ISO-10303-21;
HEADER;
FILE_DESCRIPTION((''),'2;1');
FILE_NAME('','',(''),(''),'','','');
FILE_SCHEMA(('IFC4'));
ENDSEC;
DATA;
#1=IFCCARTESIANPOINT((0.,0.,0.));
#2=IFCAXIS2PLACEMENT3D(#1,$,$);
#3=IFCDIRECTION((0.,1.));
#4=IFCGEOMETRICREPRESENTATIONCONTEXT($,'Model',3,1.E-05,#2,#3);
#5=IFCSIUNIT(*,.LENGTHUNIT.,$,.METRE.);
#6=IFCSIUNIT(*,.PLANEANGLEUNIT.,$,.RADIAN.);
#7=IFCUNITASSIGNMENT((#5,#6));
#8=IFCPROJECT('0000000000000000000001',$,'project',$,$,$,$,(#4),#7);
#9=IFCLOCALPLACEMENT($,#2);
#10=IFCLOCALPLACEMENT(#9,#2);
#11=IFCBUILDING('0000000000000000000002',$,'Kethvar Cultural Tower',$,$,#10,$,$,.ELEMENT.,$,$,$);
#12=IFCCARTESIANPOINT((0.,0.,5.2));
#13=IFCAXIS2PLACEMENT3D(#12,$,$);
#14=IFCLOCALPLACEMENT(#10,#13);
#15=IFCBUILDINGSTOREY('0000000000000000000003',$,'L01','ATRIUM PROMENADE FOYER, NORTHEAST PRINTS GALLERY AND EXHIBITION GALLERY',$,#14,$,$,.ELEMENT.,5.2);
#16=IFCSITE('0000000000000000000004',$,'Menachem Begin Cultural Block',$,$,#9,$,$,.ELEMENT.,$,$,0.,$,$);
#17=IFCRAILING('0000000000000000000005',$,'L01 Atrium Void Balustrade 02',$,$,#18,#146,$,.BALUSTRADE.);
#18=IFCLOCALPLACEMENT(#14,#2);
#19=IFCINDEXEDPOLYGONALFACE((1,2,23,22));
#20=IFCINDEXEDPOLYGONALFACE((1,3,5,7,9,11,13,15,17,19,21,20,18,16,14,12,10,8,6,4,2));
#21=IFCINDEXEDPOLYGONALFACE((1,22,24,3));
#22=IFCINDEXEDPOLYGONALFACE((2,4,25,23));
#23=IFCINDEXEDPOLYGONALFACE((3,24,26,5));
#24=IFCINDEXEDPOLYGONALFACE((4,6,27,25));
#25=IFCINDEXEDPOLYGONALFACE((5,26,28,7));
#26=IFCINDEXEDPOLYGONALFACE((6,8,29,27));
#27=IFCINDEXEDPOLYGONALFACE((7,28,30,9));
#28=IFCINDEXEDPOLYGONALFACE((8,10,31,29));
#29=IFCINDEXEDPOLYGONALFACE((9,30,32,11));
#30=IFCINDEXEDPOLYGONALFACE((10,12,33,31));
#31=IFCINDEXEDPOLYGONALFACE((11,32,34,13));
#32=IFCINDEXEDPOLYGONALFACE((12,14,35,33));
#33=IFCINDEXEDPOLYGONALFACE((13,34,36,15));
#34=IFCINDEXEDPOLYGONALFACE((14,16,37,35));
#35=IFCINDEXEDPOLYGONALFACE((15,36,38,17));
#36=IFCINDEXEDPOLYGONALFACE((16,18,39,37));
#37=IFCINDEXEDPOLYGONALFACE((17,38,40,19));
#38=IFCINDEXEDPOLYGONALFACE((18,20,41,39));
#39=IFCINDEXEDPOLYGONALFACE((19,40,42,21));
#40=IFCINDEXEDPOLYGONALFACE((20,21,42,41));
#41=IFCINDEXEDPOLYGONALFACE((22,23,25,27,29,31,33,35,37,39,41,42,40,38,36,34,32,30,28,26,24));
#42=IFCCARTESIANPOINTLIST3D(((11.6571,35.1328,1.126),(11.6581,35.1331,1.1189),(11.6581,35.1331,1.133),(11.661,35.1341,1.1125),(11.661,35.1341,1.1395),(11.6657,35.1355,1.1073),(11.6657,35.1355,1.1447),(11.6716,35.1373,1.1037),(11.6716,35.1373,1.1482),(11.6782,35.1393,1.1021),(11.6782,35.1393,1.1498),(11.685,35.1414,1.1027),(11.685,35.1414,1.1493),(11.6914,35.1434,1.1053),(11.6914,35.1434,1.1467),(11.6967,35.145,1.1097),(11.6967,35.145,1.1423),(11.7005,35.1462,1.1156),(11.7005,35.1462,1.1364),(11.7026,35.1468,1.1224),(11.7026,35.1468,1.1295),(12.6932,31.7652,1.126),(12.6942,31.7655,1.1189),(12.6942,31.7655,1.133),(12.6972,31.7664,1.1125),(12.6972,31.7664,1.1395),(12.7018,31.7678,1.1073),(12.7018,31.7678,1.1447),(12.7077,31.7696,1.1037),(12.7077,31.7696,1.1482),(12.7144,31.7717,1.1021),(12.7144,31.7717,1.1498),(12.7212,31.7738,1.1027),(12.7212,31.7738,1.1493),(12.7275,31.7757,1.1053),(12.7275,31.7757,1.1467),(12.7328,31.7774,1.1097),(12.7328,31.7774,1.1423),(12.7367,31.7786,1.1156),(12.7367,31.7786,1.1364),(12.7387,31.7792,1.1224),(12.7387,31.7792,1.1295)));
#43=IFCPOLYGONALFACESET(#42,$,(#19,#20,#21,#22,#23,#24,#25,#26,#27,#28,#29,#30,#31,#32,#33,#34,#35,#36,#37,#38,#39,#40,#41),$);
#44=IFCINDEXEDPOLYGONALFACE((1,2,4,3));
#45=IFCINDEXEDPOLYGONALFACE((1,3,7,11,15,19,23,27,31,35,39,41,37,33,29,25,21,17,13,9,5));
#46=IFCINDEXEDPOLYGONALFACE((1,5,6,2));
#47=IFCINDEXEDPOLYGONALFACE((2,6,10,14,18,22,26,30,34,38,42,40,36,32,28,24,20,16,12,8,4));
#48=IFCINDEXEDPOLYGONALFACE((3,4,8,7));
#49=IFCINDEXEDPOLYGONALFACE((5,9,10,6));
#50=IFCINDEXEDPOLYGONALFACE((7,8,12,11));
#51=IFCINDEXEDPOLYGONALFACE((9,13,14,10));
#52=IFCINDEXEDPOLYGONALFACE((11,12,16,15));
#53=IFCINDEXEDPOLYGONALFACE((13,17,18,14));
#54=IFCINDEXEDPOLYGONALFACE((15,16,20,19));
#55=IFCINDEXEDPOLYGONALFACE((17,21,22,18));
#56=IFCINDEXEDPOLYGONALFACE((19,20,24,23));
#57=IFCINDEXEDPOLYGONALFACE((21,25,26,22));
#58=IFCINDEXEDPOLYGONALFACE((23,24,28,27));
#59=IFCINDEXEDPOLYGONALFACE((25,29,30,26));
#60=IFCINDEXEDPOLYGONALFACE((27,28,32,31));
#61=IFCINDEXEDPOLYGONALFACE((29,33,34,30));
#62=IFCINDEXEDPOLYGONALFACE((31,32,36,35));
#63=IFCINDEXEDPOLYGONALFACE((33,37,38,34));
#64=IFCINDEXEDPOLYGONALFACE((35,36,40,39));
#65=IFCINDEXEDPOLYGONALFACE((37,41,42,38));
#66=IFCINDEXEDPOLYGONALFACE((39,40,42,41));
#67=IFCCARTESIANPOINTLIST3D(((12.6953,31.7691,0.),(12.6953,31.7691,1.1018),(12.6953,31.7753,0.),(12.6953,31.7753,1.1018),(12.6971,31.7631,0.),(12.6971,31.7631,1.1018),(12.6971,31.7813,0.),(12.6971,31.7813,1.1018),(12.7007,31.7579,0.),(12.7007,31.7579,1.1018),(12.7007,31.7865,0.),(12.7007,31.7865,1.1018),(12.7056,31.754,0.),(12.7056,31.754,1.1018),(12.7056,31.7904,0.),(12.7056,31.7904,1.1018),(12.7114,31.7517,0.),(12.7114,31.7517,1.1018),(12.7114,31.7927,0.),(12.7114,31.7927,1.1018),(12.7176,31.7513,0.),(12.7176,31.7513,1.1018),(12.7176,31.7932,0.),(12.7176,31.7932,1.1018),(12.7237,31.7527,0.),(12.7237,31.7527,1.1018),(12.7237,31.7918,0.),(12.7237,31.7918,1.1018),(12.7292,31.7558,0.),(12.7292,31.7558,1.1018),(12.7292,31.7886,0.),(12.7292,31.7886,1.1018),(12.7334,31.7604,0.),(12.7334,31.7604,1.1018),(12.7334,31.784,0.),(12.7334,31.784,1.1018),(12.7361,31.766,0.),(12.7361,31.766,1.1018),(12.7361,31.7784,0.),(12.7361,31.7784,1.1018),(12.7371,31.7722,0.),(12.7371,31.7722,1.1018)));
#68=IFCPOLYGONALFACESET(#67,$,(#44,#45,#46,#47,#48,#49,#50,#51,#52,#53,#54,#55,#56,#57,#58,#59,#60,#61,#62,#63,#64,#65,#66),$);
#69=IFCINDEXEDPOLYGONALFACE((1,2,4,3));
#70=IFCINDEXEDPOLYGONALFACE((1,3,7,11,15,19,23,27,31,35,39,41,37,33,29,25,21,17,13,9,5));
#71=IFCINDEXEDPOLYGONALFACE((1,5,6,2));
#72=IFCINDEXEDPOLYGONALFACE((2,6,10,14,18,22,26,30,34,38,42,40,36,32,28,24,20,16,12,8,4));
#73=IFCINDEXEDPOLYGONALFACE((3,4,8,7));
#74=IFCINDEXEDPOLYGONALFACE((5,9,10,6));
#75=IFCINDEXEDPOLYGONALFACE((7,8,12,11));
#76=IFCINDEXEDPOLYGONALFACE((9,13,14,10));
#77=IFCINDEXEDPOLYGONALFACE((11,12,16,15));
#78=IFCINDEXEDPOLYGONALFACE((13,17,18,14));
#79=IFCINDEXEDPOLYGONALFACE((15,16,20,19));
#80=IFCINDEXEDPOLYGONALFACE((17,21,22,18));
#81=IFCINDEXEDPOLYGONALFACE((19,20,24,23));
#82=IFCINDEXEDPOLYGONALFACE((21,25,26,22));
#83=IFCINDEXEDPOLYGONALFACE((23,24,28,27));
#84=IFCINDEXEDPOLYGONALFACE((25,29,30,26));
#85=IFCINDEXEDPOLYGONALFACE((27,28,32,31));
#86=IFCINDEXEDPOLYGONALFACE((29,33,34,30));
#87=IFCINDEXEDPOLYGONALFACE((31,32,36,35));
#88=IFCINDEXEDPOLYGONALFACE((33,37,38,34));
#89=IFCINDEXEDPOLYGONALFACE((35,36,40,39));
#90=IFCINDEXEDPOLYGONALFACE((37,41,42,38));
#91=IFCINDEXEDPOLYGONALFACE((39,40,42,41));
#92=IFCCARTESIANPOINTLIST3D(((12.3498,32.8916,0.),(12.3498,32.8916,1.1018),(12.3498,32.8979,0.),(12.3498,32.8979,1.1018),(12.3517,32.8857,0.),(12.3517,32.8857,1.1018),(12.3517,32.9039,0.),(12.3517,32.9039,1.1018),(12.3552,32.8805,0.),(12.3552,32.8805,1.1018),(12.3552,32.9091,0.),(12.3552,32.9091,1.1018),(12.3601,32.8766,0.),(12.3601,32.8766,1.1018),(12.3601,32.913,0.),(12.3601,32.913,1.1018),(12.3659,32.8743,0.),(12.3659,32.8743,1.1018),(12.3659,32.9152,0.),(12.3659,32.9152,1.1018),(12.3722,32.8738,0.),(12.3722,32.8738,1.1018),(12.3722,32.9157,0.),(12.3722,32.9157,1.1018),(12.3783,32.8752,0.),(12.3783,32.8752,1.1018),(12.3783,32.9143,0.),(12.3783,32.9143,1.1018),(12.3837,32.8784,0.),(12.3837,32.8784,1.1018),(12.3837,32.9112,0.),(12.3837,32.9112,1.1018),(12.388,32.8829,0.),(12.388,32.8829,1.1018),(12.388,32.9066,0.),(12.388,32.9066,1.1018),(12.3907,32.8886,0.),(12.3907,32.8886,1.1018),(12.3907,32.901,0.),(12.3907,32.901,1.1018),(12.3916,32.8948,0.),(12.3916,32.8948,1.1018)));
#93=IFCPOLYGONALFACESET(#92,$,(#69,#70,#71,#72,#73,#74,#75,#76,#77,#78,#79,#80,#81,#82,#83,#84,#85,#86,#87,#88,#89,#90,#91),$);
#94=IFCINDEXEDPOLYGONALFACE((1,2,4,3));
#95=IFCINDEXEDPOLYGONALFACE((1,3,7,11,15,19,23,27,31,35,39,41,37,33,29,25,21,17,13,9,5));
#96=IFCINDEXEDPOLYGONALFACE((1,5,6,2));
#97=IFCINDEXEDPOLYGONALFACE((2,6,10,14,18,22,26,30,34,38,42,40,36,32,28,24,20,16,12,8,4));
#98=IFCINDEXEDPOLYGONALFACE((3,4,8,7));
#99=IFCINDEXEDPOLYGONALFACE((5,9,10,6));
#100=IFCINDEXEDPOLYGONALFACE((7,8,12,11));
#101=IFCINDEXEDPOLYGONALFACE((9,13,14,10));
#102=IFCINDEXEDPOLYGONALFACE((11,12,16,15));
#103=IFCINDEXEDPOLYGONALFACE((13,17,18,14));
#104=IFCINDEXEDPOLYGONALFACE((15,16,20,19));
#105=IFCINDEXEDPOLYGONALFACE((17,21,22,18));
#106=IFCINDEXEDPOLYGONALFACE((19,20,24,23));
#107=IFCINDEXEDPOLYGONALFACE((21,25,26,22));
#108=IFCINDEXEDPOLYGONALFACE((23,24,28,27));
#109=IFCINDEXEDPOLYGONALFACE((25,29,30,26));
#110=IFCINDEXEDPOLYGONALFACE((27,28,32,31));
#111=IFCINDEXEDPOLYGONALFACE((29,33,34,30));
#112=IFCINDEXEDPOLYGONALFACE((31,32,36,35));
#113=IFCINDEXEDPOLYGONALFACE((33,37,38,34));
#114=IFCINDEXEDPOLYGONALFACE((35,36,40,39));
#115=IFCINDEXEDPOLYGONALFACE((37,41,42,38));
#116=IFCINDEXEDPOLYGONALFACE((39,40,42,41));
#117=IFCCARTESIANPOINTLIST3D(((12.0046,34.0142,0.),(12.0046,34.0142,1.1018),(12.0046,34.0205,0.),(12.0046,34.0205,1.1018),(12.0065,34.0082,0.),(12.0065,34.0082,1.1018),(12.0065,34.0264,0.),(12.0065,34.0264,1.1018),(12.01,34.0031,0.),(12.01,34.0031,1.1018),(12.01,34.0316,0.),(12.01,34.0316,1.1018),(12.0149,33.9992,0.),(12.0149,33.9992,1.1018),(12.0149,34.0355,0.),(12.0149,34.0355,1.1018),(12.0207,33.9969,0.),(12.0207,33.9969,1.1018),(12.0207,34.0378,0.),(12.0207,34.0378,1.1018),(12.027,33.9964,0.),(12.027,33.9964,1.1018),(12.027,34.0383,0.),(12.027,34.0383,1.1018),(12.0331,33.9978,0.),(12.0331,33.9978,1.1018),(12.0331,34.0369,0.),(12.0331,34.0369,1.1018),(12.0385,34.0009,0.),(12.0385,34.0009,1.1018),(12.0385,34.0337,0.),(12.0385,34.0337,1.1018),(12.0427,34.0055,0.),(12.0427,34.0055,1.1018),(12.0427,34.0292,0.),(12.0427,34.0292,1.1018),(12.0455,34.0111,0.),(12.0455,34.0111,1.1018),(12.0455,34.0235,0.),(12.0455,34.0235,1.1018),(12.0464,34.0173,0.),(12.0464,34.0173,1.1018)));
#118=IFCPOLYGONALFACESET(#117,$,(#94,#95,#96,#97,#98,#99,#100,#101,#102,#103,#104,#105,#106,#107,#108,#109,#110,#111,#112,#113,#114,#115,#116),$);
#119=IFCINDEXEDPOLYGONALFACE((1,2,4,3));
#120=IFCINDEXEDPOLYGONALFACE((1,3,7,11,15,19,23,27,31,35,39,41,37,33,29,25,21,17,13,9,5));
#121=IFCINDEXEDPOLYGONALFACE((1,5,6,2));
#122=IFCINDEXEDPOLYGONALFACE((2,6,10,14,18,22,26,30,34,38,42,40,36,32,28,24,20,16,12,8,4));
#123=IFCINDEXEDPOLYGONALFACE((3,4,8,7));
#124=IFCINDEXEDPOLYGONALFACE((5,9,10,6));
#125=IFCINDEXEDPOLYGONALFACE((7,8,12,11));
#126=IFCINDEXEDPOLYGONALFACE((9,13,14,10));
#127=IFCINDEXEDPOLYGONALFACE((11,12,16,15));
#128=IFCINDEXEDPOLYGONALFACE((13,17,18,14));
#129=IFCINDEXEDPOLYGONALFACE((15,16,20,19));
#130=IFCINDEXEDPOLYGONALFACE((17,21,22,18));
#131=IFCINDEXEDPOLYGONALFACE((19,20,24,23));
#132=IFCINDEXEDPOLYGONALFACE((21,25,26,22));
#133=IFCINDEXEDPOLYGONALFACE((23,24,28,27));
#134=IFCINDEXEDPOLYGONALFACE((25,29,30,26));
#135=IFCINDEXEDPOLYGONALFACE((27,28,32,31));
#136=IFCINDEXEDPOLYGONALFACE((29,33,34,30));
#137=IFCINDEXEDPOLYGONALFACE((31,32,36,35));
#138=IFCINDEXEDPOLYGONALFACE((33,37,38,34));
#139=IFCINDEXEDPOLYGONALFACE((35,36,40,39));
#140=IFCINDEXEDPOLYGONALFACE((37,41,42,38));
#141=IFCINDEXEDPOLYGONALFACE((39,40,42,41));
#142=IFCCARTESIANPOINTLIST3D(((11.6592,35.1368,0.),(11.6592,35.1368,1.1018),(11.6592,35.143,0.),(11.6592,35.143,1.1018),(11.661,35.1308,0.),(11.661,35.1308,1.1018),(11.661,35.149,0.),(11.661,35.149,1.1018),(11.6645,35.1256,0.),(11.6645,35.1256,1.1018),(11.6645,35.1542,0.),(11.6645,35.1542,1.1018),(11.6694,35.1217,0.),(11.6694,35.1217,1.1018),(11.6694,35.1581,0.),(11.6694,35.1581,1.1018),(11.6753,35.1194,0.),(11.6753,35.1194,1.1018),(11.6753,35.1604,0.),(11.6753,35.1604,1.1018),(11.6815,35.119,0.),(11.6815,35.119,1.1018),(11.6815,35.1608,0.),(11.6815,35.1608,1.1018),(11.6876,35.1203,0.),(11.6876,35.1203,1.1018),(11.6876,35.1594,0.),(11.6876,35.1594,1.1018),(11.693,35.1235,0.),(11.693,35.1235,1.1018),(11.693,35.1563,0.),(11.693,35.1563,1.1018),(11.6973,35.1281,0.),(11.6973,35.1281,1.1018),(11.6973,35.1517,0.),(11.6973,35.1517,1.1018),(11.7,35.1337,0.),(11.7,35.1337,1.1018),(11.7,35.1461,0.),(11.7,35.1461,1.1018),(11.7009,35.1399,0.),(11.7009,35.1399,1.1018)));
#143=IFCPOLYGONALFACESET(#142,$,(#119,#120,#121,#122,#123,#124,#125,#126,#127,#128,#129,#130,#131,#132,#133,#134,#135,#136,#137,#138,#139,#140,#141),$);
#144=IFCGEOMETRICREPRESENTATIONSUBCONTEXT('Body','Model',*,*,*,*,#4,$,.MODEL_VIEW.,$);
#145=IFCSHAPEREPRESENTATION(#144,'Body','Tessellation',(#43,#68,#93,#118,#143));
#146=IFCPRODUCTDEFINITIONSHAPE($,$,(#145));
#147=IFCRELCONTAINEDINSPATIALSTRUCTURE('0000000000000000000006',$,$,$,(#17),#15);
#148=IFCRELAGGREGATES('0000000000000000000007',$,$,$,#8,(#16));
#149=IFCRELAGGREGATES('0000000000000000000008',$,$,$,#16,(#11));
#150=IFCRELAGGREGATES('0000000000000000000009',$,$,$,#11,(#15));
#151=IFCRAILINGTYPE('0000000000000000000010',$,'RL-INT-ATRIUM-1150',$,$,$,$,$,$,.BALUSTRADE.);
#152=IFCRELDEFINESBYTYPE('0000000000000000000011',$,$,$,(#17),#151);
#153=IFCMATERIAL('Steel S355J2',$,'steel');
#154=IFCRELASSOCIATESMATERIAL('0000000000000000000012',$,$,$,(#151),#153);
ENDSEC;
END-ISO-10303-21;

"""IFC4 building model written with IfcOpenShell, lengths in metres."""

from ifc_helpers import new_model, si_unit, direction, frame, origin, origin_2d, place, context, subcontext, project, spatial, circle, extrude, material, type_object, element, save


model = new_model("IFC4")

# Units and contexts
model_context = context("Model", 3, precision=1e-05, world=origin(), true_north=direction((0.0, 1.0)))
body_context = subcontext(model_context, "Body", "Model", "MODEL_VIEW")
ifc_project = project(units=[si_unit("LENGTHUNIT", "METRE"), si_unit("PLANEANGLEUNIT", "RADIAN")], contexts=[model_context])

# Site, building, storey
site_placement = place(None, origin())
site = spatial("IfcSite", under=ifc_project, at=site_placement, Name="Menachem Begin Cultural Block", CompositionType="ELEMENT", RefElevation=0.0)
building_placement = place(site_placement, origin())
building = spatial("IfcBuilding", under=site, at=building_placement, Name="Kethvar Cultural Tower", CompositionType="ELEMENT")
storey_placement = place(building_placement, frame((0.0, 0.0, 5.2)))
storey = spatial("IfcBuildingStorey", under=building, at=storey_placement, Name="L01", Description="ATRIUM PROMENADE FOYER, NORTHEAST PRINTS GALLERY AND EXHIBITION GALLERY", CompositionType="ELEMENT", Elevation=5.2)

# Shared definitions
ifc_material_1 = material(Name="Steel S355J2", Category="steel")

# Railing
railing_type_1 = type_object("IfcRailingType", Name="RL-INT-ATRIUM-1150", PredefinedType="BALUSTRADE", material=ifc_material_1)
railing_1_placement = place(storey_placement, frame((12.7161, 31.7722, 0.0)))
element("IfcRailing", 1, at=railing_1_placement, inside=storey, type_object=railing_type_1, Name="L01 Atrium Void Balustrade 02", PredefinedType="BALUSTRADE", context=body_context, shape_type="SweptSolid", body=[
    extrude(circle(Radius=0.0239, at=origin_2d()), frame((0.0, 0.0, 1.126), z_axis=(-0.294066, 0.955785, 0.0), x_axis=(-0.955785, -0.294066, 0.0)), (0.0, 0.0, 1.0), 3.5234),
    extrude(circle(Radius=0.021, at=origin_2d()), origin(), (0.0, 0.0, 1.0), 1.1018),
    extrude(circle(Radius=0.021, at=origin_2d()), frame((-0.3455, 1.1226, 0.0)), (0.0, 0.0, 1.0), 1.1018),
    extrude(circle(Radius=0.021, at=origin_2d()), frame((-0.6907, 2.2451, 0.0)), (0.0, 0.0, 1.0), 1.1018),
    extrude(circle(Radius=0.021, at=origin_2d()), frame((-1.0361, 3.3677, 0.0)), (0.0, 0.0, 1.0), 1.1018),
])

save(model, "model.ifc")
